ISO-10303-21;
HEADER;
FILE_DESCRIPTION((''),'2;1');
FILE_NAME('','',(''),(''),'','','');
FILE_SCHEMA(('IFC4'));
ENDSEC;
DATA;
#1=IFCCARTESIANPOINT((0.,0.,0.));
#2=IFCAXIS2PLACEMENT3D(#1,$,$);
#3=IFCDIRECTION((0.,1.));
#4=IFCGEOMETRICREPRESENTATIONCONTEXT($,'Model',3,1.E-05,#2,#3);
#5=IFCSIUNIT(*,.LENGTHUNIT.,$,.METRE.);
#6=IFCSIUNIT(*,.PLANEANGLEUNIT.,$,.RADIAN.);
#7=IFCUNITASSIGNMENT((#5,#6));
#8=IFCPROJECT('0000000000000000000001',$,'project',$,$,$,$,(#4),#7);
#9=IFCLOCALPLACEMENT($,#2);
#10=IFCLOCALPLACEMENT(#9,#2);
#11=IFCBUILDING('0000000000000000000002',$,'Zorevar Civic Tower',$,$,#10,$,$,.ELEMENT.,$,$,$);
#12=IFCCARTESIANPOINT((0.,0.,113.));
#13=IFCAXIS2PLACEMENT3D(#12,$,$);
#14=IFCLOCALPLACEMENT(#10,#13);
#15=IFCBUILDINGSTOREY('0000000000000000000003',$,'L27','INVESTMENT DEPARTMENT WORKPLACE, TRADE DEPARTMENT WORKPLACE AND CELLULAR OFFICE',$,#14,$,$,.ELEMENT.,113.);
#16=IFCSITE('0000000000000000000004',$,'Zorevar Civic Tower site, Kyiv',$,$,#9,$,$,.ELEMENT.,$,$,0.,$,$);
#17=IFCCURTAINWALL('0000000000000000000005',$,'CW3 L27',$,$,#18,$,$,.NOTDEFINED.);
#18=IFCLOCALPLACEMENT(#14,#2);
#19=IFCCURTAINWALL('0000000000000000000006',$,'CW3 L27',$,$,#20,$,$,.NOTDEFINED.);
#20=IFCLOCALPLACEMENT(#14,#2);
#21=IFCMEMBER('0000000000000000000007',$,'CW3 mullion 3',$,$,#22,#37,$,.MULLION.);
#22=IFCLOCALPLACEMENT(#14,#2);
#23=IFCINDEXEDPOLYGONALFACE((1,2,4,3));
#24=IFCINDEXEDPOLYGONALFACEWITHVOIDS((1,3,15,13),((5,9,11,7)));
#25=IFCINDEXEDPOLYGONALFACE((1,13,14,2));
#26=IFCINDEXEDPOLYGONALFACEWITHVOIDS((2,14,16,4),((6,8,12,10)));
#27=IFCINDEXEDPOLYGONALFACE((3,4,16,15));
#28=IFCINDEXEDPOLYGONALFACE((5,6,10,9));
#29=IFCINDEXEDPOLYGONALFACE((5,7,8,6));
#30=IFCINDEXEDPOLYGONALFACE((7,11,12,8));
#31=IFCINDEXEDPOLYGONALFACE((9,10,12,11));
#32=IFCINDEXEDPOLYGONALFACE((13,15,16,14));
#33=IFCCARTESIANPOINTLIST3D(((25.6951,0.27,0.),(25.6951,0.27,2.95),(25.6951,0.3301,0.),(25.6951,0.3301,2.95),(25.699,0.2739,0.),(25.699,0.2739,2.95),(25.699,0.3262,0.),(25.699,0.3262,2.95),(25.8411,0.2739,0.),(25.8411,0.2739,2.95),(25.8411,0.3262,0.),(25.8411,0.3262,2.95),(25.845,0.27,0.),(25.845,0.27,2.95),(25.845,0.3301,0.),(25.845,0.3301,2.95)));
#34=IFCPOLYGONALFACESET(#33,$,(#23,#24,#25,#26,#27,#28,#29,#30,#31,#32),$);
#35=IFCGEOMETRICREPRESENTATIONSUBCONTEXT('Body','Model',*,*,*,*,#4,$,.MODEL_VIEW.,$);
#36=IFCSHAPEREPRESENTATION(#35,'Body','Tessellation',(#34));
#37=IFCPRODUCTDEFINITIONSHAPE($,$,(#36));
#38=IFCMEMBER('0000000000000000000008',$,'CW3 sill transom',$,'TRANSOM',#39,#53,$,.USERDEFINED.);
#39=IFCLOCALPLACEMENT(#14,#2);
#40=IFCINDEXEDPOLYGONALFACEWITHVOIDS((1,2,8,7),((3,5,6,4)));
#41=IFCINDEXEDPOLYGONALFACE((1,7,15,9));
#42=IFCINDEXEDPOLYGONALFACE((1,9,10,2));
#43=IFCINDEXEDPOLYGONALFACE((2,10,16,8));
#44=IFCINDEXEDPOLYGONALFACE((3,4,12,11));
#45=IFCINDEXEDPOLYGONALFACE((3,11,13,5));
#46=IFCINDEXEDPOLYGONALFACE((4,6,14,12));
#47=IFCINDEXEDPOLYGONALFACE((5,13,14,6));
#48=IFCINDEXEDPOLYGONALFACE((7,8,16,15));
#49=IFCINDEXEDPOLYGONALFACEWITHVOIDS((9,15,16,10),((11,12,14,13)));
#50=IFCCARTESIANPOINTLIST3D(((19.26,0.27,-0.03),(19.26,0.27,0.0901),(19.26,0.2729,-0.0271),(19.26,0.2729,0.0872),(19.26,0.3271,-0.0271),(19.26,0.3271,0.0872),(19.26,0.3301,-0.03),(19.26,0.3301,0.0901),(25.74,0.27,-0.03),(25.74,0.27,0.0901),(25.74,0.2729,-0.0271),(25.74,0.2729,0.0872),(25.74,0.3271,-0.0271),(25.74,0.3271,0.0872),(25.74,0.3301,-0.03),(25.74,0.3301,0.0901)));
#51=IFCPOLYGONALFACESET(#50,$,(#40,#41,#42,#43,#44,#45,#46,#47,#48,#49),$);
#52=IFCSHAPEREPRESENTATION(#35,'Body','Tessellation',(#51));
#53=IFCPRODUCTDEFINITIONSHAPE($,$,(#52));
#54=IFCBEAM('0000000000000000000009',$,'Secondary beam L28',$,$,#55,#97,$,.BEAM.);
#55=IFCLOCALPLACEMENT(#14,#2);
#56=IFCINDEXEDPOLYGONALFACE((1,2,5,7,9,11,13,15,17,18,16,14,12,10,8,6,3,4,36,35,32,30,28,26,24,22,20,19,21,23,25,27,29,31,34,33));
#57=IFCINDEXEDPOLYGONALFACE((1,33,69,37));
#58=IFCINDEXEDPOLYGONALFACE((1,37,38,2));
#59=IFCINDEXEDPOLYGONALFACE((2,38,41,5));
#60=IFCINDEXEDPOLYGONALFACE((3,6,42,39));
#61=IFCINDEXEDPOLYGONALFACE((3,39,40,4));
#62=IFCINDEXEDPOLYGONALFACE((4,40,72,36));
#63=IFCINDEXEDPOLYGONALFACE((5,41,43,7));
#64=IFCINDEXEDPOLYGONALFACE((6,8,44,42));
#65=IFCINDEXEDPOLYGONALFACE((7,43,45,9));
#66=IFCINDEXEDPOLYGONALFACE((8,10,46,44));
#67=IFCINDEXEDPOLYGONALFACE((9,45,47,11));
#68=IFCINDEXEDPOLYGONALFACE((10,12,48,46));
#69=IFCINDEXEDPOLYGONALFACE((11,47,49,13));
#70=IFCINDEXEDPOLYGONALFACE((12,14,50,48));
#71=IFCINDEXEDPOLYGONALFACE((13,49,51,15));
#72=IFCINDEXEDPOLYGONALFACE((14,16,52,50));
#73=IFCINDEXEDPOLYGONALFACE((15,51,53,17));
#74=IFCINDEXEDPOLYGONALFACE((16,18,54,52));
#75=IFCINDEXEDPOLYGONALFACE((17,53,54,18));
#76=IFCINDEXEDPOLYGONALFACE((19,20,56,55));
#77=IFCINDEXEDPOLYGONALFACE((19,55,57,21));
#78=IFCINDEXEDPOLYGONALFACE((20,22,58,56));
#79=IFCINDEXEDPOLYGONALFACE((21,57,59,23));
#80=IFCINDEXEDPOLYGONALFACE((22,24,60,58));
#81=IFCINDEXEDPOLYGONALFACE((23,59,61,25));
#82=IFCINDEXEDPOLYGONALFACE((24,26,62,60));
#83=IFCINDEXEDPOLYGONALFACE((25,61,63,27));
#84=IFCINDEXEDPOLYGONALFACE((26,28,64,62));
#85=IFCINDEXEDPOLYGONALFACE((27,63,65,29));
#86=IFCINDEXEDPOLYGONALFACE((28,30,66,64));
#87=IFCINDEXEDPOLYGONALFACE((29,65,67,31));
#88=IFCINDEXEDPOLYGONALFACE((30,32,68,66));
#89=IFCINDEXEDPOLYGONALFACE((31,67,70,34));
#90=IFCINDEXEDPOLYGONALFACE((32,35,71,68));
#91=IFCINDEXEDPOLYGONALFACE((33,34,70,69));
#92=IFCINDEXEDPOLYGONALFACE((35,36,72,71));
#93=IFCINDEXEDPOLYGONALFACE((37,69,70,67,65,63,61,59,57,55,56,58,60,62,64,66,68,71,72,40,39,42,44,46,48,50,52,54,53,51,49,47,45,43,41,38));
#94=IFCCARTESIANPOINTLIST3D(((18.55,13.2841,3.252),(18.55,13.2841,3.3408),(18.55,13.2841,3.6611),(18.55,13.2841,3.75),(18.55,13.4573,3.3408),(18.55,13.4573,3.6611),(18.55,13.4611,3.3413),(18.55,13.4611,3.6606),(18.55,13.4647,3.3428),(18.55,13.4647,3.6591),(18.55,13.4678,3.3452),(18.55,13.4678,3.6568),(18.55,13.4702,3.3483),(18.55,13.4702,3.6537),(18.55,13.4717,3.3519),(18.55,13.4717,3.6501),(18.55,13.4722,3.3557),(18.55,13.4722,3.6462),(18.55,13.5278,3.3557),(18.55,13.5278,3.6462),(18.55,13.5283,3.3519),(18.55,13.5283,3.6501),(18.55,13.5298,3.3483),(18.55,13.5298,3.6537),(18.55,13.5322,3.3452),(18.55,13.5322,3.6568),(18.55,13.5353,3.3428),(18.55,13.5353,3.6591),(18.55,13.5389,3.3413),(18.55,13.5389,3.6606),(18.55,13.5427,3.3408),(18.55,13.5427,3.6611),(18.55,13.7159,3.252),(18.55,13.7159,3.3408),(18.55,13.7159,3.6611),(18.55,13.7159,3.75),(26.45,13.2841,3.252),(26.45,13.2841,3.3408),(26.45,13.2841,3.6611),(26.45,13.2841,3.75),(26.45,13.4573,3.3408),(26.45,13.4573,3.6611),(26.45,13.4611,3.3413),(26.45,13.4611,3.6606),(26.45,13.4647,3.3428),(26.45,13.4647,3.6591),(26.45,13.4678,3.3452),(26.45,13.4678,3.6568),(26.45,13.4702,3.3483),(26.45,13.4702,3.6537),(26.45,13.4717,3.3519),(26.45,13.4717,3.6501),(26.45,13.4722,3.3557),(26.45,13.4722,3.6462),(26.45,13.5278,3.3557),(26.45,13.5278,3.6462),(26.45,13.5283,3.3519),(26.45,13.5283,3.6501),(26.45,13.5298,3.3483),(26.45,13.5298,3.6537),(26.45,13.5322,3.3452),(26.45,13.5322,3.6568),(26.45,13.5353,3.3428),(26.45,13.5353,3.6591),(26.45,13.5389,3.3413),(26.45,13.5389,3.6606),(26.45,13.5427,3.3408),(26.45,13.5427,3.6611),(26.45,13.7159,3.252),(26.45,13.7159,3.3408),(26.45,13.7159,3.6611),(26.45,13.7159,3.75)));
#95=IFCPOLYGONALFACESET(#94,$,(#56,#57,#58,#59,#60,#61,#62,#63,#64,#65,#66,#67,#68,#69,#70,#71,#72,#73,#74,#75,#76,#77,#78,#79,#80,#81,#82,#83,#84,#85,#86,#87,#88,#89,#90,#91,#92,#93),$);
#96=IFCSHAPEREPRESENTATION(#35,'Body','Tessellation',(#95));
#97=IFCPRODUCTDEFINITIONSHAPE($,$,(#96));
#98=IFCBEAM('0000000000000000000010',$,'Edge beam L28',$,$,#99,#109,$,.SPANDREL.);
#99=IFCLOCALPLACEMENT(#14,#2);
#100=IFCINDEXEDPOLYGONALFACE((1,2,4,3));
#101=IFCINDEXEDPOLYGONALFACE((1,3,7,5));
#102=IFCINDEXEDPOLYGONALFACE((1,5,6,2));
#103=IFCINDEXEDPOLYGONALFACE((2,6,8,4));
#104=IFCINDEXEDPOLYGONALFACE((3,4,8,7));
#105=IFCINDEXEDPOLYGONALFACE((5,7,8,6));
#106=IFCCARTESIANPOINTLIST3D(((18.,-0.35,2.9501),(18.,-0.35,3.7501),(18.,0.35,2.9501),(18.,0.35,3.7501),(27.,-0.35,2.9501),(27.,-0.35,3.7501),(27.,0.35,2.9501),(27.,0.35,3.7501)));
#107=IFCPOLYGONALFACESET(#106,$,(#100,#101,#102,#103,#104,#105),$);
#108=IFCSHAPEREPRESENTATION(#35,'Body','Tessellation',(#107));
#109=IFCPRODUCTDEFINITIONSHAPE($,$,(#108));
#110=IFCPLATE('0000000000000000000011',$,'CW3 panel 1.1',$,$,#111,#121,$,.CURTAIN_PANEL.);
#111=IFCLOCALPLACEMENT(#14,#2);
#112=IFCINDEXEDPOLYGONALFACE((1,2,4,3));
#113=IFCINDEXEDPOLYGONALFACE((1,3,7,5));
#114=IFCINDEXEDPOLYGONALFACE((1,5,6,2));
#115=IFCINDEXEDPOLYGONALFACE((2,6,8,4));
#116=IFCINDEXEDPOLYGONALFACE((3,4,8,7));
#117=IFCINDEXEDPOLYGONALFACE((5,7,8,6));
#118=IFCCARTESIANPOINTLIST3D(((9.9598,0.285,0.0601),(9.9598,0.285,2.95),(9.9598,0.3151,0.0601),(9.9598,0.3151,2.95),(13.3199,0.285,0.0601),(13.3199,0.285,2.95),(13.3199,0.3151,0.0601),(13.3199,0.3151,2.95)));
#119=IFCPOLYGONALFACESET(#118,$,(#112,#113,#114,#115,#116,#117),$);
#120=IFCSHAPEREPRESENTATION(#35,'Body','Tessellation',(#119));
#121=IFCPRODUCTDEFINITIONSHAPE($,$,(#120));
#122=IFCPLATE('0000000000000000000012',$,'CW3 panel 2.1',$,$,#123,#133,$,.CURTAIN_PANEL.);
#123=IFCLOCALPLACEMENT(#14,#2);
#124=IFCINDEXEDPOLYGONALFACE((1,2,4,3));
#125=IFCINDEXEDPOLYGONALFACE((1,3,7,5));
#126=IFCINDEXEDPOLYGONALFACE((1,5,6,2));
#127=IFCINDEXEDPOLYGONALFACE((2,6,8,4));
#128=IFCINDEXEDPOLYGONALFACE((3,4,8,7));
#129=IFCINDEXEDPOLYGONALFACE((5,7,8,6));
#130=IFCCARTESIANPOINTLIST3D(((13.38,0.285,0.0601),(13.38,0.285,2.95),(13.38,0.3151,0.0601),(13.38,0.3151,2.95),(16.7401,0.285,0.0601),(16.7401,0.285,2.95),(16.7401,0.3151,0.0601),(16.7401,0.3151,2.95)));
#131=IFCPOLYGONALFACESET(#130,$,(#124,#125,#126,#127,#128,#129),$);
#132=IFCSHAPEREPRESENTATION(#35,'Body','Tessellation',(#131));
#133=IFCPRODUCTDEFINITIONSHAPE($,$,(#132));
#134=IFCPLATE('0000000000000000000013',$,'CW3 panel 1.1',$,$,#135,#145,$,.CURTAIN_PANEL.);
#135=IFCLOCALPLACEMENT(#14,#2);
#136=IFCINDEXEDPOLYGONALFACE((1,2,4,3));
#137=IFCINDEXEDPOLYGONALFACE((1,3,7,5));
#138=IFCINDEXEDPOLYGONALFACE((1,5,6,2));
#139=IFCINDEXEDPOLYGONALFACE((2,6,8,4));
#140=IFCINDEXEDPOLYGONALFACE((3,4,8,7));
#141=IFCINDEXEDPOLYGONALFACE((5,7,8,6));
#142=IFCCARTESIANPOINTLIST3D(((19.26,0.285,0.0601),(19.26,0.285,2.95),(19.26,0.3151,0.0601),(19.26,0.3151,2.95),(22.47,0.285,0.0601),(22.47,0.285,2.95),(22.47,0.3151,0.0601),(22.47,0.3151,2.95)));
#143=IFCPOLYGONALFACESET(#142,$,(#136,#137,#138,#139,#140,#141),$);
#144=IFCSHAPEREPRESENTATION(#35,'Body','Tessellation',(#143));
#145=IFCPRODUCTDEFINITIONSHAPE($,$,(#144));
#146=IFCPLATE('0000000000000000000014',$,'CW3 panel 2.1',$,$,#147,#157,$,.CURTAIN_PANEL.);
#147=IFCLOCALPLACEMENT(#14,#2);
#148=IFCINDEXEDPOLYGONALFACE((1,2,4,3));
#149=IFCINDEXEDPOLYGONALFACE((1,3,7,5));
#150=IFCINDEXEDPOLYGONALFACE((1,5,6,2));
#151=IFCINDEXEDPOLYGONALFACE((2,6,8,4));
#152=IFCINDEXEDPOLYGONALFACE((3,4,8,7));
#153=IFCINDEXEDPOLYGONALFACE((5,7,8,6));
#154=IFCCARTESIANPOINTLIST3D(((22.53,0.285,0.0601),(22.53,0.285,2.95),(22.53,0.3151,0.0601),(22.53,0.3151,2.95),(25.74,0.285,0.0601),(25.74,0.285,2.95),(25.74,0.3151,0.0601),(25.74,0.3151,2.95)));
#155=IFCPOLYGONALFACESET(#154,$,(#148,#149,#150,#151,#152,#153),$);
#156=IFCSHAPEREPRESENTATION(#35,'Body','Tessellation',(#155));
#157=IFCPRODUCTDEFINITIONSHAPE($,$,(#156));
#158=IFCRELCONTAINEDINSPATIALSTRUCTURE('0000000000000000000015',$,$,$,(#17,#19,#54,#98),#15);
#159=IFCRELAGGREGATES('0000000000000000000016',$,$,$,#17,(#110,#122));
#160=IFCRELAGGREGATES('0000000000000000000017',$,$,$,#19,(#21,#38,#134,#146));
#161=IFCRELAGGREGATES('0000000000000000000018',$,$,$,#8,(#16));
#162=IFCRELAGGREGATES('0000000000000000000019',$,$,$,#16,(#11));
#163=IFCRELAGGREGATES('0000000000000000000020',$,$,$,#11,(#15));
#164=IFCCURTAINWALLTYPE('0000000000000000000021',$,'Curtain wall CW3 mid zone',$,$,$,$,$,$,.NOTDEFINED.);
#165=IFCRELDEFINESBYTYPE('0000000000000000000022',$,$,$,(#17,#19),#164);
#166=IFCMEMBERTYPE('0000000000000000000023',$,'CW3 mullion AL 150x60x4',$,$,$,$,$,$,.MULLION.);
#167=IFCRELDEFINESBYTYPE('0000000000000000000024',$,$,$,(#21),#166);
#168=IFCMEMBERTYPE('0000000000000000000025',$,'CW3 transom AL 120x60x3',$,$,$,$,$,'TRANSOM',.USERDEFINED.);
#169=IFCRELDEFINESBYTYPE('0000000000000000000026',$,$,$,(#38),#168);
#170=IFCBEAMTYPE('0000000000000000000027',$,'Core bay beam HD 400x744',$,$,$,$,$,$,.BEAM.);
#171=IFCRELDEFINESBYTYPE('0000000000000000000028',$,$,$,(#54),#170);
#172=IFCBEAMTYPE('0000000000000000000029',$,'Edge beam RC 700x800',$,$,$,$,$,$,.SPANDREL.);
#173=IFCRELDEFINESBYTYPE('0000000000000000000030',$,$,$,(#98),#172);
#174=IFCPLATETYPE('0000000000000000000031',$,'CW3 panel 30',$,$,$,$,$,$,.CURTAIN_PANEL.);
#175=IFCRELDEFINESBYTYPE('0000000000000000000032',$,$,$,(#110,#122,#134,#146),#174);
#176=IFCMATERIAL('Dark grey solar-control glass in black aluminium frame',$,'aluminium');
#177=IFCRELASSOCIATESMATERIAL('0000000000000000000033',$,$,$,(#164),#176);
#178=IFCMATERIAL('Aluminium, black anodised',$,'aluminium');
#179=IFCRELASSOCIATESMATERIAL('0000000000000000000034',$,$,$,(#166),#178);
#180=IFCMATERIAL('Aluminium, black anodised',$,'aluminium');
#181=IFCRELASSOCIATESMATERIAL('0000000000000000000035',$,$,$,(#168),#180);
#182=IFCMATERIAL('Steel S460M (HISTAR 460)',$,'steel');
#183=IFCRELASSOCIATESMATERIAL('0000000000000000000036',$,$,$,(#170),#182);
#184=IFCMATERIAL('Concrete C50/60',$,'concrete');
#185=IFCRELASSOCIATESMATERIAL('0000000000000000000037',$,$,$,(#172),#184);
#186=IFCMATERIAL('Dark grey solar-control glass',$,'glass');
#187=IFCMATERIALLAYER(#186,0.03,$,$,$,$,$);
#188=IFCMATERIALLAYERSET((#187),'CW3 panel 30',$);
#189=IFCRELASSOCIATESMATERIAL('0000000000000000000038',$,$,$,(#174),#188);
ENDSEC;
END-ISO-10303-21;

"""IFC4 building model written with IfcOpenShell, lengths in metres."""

from ifc_helpers import new_model, si_unit, direction, frame, origin, origin_2d, place, context, subcontext, project, spatial, rectangle, hollow_rectangle, i_section, extrude, material, layer, layer_set, material_profile, profile_set, type_object, element, aggregate, save


model = new_model("IFC4")

# Units and contexts
model_context = context("Model", 3, precision=1e-05, world=origin(), true_north=direction((0.0, 1.0)))
body_context = subcontext(model_context, "Body", "Model", "MODEL_VIEW")
ifc_project = project(units=[si_unit("LENGTHUNIT", "METRE"), si_unit("PLANEANGLEUNIT", "RADIAN")], contexts=[model_context])

# Site, building, storey
site_placement = place(None, origin())
site = spatial("IfcSite", under=ifc_project, at=site_placement, Name="Zorevar Civic Tower site, Kyiv", CompositionType="ELEMENT", RefElevation=0.0)
building_placement = place(site_placement, origin())
building = spatial("IfcBuilding", under=site, at=building_placement, Name="Zorevar Civic Tower", CompositionType="ELEMENT")
storey_placement = place(building_placement, frame((0.0, 0.0, 113.0)))
storey = spatial("IfcBuildingStorey", under=building, at=storey_placement, Name="L27", Description="INVESTMENT DEPARTMENT WORKPLACE, TRADE DEPARTMENT WORKPLACE AND CELLULAR OFFICE", CompositionType="ELEMENT", Elevation=113.0)

# Curtain walls, members
ifc_material_1 = material(Name="Dark grey solar-control glass in black aluminium frame", Category="aluminium")
curtain_wall_type = type_object("IfcCurtainWallType", Name="Curtain wall CW3 mid zone", PredefinedType="NOTDEFINED", material=ifc_material_1)
curtain_wall_1_placement = place(storey_placement, origin())
curtain_wall_1 = element("IfcCurtainWall", 1, at=curtain_wall_1_placement, inside=storey, type_object=curtain_wall_type, Name="CW3 L27", PredefinedType="NOTDEFINED")
ifc_material_2 = material(Name="Aluminium, black anodised", Category="aluminium")
ifc_material_profile_1 = material_profile(ifc_material_2, hollow_rectangle(XDim=0.0601, YDim=0.1499, WallThickness=0.0039, at=origin_2d()), Name="AL 150x60x4")
ifc_profile_set_1 = profile_set([ifc_material_profile_1], Name="Aluminium, black anodised")
member_type_1 = type_object("IfcMemberType", Name="CW3 mullion AL 150x60x4", PredefinedType="MULLION", material=ifc_profile_set_1)
curtain_wall_2_placement = place(storey_placement, origin())
curtain_wall_2 = element("IfcCurtainWall", 2, at=curtain_wall_2_placement, inside=storey, type_object=curtain_wall_type, Name="CW3 L27", PredefinedType="NOTDEFINED")
member_1_placement = place(storey_placement, frame((25.77, 0.3, 0.0), z_axis=(0.0, 0.0, 1.0), x_axis=(0.0, 1.0, 0.0)))
member_1 = element("IfcMember", 3, at=member_1_placement, type_object=member_type_1, Name="CW3 mullion 3", PredefinedType="MULLION", context=body_context, shape_type="SweptSolid", body=[
    extrude(hollow_rectangle(XDim=0.0601, YDim=0.1499, WallThickness=0.0039, at=origin_2d()), origin(), (0.0, 0.0, 1.0), 2.95),
])
ifc_material_3 = material(Name="Aluminium, black anodised", Category="aluminium")
ifc_material_profile_2 = material_profile(ifc_material_3, hollow_rectangle(XDim=0.0601, YDim=0.1201, WallThickness=0.0029, at=origin_2d()), Name="AL 120x60x3")
ifc_profile_set_2 = profile_set([ifc_material_profile_2], Name="Aluminium, black anodised")
member_type_2 = type_object("IfcMemberType", Name="CW3 transom AL 120x60x3", ElementType="TRANSOM", PredefinedType="USERDEFINED", material=ifc_profile_set_2)
member_2_placement = place(storey_placement, frame((19.26, 0.3, 0.03), z_axis=(1.0, 0.0, 0.0), x_axis=(0.0, 1.0, 0.0)))
member_2 = element("IfcMember", 4, at=member_2_placement, type_object=member_type_2, Name="CW3 sill transom", ObjectType="TRANSOM", PredefinedType="USERDEFINED", context=body_context, shape_type="SweptSolid", body=[
    extrude(hollow_rectangle(XDim=0.0601, YDim=0.1201, WallThickness=0.0029, at=origin_2d()), origin(), (0.0, 0.0, 1.0), 6.48),
])

# Beams
ifc_material_4 = material(Name="Steel S460M (HISTAR 460)", Category="steel")
ifc_material_profile_3 = material_profile(ifc_material_4, i_section(OverallWidth=0.4319, OverallDepth=0.498, WebThickness=0.0557, FlangeThickness=0.0889, FilletRadius=0.0149, at=origin_2d()), Name="HD 400x744")
ifc_profile_set_3 = profile_set([ifc_material_profile_3], Name="Steel S460M (HISTAR 460)")
beam_type_1 = type_object("IfcBeamType", Name="Core bay beam HD 400x744", PredefinedType="BEAM", material=ifc_profile_set_3)
beam_1_placement = place(storey_placement, frame((18.55, 13.5, 3.501), z_axis=(1.0, 0.0, 0.0), x_axis=(0.0, 1.0, 0.0)))
element("IfcBeam", 5, at=beam_1_placement, inside=storey, type_object=beam_type_1, Name="Secondary beam L28", PredefinedType="BEAM", context=body_context, shape_type="SweptSolid", body=[
    extrude(i_section(OverallWidth=0.4319, OverallDepth=0.498, WebThickness=0.0557, FlangeThickness=0.0889, FilletRadius=0.0149, at=origin_2d()), origin(), (0.0, 0.0, 1.0), 7.8999),
])
ifc_material_5 = material(Name="Concrete C50/60", Category="concrete")
ifc_material_profile_4 = material_profile(ifc_material_5, rectangle(XDim=0.7, YDim=0.8, at=origin_2d()), Name="RC 700x800")
ifc_profile_set_4 = profile_set([ifc_material_profile_4], Name="Concrete C50/60")
beam_type_2 = type_object("IfcBeamType", Name="Edge beam RC 700x800", PredefinedType="SPANDREL", material=ifc_profile_set_4)
beam_2_placement = place(storey_placement, frame((18.0, 0.0, 3.3501), z_axis=(1.0, 0.0, 0.0), x_axis=(0.0, 1.0, 0.0)))
element("IfcBeam", 6, at=beam_2_placement, inside=storey, type_object=beam_type_2, Name="Edge beam L28", PredefinedType="SPANDREL", context=body_context, shape_type="SweptSolid", body=[
    extrude(rectangle(XDim=0.7, YDim=0.8, at=origin_2d()), origin(), (0.0, 0.0, 1.0), 9.0),
])

# Plates
ifc_material_6 = material(Name="Dark grey solar-control glass", Category="glass")
ifc_layer_1 = layer(ifc_material_6, 0.03)
ifc_layer_set_1 = layer_set([ifc_layer_1], Name="CW3 panel 30")
plate_type = type_object("IfcPlateType", Name="CW3 panel 30", PredefinedType="CURTAIN_PANEL", material=ifc_layer_set_1)
plate_1_placement = place(storey_placement, frame((11.6399, 0.3, 0.0601), z_axis=(0.0, 0.0, 1.0), x_axis=(1.0, 0.0, 0.0)))
plate_1 = element("IfcPlate", 7, at=plate_1_placement, type_object=plate_type, Name="CW3 panel 1.1", PredefinedType="CURTAIN_PANEL", context=body_context, shape_type="SweptSolid", body=[
    extrude(rectangle(XDim=3.3601, YDim=0.03, at=origin_2d()), origin(), (0.0, 0.0, 1.0), 2.8899),
])
plate_2_placement = place(storey_placement, frame((15.0601, 0.3, 0.0601), z_axis=(0.0, 0.0, 1.0), x_axis=(1.0, 0.0, 0.0)))
plate_2 = element("IfcPlate", 8, at=plate_2_placement, type_object=plate_type, Name="CW3 panel 2.1", PredefinedType="CURTAIN_PANEL", context=body_context, shape_type="SweptSolid", body=[
    extrude(rectangle(XDim=3.3601, YDim=0.03, at=origin_2d()), origin(), (0.0, 0.0, 1.0), 2.8899),
])
aggregate(curtain_wall_1, [plate_1, plate_2])
plate_3_placement = place(storey_placement, frame((20.865, 0.3, 0.0601), z_axis=(0.0, 0.0, 1.0), x_axis=(1.0, 0.0, 0.0)))
plate_3 = element("IfcPlate", 9, at=plate_3_placement, type_object=plate_type, Name="CW3 panel 1.1", PredefinedType="CURTAIN_PANEL", context=body_context, shape_type="SweptSolid", body=[
    extrude(rectangle(XDim=3.21, YDim=0.03, at=origin_2d()), origin(), (0.0, 0.0, 1.0), 2.8899),
])
plate_4_placement = place(storey_placement, frame((24.135, 0.3, 0.0601), z_axis=(0.0, 0.0, 1.0), x_axis=(1.0, 0.0, 0.0)))
plate_4 = element("IfcPlate", 10, at=plate_4_placement, type_object=plate_type, Name="CW3 panel 2.1", PredefinedType="CURTAIN_PANEL", context=body_context, shape_type="SweptSolid", body=[
    extrude(rectangle(XDim=3.21, YDim=0.03, at=origin_2d()), origin(), (0.0, 0.0, 1.0), 2.8899),
])
aggregate(curtain_wall_2, [member_1, member_2, plate_3, plate_4])

save(model, "model.ifc")
